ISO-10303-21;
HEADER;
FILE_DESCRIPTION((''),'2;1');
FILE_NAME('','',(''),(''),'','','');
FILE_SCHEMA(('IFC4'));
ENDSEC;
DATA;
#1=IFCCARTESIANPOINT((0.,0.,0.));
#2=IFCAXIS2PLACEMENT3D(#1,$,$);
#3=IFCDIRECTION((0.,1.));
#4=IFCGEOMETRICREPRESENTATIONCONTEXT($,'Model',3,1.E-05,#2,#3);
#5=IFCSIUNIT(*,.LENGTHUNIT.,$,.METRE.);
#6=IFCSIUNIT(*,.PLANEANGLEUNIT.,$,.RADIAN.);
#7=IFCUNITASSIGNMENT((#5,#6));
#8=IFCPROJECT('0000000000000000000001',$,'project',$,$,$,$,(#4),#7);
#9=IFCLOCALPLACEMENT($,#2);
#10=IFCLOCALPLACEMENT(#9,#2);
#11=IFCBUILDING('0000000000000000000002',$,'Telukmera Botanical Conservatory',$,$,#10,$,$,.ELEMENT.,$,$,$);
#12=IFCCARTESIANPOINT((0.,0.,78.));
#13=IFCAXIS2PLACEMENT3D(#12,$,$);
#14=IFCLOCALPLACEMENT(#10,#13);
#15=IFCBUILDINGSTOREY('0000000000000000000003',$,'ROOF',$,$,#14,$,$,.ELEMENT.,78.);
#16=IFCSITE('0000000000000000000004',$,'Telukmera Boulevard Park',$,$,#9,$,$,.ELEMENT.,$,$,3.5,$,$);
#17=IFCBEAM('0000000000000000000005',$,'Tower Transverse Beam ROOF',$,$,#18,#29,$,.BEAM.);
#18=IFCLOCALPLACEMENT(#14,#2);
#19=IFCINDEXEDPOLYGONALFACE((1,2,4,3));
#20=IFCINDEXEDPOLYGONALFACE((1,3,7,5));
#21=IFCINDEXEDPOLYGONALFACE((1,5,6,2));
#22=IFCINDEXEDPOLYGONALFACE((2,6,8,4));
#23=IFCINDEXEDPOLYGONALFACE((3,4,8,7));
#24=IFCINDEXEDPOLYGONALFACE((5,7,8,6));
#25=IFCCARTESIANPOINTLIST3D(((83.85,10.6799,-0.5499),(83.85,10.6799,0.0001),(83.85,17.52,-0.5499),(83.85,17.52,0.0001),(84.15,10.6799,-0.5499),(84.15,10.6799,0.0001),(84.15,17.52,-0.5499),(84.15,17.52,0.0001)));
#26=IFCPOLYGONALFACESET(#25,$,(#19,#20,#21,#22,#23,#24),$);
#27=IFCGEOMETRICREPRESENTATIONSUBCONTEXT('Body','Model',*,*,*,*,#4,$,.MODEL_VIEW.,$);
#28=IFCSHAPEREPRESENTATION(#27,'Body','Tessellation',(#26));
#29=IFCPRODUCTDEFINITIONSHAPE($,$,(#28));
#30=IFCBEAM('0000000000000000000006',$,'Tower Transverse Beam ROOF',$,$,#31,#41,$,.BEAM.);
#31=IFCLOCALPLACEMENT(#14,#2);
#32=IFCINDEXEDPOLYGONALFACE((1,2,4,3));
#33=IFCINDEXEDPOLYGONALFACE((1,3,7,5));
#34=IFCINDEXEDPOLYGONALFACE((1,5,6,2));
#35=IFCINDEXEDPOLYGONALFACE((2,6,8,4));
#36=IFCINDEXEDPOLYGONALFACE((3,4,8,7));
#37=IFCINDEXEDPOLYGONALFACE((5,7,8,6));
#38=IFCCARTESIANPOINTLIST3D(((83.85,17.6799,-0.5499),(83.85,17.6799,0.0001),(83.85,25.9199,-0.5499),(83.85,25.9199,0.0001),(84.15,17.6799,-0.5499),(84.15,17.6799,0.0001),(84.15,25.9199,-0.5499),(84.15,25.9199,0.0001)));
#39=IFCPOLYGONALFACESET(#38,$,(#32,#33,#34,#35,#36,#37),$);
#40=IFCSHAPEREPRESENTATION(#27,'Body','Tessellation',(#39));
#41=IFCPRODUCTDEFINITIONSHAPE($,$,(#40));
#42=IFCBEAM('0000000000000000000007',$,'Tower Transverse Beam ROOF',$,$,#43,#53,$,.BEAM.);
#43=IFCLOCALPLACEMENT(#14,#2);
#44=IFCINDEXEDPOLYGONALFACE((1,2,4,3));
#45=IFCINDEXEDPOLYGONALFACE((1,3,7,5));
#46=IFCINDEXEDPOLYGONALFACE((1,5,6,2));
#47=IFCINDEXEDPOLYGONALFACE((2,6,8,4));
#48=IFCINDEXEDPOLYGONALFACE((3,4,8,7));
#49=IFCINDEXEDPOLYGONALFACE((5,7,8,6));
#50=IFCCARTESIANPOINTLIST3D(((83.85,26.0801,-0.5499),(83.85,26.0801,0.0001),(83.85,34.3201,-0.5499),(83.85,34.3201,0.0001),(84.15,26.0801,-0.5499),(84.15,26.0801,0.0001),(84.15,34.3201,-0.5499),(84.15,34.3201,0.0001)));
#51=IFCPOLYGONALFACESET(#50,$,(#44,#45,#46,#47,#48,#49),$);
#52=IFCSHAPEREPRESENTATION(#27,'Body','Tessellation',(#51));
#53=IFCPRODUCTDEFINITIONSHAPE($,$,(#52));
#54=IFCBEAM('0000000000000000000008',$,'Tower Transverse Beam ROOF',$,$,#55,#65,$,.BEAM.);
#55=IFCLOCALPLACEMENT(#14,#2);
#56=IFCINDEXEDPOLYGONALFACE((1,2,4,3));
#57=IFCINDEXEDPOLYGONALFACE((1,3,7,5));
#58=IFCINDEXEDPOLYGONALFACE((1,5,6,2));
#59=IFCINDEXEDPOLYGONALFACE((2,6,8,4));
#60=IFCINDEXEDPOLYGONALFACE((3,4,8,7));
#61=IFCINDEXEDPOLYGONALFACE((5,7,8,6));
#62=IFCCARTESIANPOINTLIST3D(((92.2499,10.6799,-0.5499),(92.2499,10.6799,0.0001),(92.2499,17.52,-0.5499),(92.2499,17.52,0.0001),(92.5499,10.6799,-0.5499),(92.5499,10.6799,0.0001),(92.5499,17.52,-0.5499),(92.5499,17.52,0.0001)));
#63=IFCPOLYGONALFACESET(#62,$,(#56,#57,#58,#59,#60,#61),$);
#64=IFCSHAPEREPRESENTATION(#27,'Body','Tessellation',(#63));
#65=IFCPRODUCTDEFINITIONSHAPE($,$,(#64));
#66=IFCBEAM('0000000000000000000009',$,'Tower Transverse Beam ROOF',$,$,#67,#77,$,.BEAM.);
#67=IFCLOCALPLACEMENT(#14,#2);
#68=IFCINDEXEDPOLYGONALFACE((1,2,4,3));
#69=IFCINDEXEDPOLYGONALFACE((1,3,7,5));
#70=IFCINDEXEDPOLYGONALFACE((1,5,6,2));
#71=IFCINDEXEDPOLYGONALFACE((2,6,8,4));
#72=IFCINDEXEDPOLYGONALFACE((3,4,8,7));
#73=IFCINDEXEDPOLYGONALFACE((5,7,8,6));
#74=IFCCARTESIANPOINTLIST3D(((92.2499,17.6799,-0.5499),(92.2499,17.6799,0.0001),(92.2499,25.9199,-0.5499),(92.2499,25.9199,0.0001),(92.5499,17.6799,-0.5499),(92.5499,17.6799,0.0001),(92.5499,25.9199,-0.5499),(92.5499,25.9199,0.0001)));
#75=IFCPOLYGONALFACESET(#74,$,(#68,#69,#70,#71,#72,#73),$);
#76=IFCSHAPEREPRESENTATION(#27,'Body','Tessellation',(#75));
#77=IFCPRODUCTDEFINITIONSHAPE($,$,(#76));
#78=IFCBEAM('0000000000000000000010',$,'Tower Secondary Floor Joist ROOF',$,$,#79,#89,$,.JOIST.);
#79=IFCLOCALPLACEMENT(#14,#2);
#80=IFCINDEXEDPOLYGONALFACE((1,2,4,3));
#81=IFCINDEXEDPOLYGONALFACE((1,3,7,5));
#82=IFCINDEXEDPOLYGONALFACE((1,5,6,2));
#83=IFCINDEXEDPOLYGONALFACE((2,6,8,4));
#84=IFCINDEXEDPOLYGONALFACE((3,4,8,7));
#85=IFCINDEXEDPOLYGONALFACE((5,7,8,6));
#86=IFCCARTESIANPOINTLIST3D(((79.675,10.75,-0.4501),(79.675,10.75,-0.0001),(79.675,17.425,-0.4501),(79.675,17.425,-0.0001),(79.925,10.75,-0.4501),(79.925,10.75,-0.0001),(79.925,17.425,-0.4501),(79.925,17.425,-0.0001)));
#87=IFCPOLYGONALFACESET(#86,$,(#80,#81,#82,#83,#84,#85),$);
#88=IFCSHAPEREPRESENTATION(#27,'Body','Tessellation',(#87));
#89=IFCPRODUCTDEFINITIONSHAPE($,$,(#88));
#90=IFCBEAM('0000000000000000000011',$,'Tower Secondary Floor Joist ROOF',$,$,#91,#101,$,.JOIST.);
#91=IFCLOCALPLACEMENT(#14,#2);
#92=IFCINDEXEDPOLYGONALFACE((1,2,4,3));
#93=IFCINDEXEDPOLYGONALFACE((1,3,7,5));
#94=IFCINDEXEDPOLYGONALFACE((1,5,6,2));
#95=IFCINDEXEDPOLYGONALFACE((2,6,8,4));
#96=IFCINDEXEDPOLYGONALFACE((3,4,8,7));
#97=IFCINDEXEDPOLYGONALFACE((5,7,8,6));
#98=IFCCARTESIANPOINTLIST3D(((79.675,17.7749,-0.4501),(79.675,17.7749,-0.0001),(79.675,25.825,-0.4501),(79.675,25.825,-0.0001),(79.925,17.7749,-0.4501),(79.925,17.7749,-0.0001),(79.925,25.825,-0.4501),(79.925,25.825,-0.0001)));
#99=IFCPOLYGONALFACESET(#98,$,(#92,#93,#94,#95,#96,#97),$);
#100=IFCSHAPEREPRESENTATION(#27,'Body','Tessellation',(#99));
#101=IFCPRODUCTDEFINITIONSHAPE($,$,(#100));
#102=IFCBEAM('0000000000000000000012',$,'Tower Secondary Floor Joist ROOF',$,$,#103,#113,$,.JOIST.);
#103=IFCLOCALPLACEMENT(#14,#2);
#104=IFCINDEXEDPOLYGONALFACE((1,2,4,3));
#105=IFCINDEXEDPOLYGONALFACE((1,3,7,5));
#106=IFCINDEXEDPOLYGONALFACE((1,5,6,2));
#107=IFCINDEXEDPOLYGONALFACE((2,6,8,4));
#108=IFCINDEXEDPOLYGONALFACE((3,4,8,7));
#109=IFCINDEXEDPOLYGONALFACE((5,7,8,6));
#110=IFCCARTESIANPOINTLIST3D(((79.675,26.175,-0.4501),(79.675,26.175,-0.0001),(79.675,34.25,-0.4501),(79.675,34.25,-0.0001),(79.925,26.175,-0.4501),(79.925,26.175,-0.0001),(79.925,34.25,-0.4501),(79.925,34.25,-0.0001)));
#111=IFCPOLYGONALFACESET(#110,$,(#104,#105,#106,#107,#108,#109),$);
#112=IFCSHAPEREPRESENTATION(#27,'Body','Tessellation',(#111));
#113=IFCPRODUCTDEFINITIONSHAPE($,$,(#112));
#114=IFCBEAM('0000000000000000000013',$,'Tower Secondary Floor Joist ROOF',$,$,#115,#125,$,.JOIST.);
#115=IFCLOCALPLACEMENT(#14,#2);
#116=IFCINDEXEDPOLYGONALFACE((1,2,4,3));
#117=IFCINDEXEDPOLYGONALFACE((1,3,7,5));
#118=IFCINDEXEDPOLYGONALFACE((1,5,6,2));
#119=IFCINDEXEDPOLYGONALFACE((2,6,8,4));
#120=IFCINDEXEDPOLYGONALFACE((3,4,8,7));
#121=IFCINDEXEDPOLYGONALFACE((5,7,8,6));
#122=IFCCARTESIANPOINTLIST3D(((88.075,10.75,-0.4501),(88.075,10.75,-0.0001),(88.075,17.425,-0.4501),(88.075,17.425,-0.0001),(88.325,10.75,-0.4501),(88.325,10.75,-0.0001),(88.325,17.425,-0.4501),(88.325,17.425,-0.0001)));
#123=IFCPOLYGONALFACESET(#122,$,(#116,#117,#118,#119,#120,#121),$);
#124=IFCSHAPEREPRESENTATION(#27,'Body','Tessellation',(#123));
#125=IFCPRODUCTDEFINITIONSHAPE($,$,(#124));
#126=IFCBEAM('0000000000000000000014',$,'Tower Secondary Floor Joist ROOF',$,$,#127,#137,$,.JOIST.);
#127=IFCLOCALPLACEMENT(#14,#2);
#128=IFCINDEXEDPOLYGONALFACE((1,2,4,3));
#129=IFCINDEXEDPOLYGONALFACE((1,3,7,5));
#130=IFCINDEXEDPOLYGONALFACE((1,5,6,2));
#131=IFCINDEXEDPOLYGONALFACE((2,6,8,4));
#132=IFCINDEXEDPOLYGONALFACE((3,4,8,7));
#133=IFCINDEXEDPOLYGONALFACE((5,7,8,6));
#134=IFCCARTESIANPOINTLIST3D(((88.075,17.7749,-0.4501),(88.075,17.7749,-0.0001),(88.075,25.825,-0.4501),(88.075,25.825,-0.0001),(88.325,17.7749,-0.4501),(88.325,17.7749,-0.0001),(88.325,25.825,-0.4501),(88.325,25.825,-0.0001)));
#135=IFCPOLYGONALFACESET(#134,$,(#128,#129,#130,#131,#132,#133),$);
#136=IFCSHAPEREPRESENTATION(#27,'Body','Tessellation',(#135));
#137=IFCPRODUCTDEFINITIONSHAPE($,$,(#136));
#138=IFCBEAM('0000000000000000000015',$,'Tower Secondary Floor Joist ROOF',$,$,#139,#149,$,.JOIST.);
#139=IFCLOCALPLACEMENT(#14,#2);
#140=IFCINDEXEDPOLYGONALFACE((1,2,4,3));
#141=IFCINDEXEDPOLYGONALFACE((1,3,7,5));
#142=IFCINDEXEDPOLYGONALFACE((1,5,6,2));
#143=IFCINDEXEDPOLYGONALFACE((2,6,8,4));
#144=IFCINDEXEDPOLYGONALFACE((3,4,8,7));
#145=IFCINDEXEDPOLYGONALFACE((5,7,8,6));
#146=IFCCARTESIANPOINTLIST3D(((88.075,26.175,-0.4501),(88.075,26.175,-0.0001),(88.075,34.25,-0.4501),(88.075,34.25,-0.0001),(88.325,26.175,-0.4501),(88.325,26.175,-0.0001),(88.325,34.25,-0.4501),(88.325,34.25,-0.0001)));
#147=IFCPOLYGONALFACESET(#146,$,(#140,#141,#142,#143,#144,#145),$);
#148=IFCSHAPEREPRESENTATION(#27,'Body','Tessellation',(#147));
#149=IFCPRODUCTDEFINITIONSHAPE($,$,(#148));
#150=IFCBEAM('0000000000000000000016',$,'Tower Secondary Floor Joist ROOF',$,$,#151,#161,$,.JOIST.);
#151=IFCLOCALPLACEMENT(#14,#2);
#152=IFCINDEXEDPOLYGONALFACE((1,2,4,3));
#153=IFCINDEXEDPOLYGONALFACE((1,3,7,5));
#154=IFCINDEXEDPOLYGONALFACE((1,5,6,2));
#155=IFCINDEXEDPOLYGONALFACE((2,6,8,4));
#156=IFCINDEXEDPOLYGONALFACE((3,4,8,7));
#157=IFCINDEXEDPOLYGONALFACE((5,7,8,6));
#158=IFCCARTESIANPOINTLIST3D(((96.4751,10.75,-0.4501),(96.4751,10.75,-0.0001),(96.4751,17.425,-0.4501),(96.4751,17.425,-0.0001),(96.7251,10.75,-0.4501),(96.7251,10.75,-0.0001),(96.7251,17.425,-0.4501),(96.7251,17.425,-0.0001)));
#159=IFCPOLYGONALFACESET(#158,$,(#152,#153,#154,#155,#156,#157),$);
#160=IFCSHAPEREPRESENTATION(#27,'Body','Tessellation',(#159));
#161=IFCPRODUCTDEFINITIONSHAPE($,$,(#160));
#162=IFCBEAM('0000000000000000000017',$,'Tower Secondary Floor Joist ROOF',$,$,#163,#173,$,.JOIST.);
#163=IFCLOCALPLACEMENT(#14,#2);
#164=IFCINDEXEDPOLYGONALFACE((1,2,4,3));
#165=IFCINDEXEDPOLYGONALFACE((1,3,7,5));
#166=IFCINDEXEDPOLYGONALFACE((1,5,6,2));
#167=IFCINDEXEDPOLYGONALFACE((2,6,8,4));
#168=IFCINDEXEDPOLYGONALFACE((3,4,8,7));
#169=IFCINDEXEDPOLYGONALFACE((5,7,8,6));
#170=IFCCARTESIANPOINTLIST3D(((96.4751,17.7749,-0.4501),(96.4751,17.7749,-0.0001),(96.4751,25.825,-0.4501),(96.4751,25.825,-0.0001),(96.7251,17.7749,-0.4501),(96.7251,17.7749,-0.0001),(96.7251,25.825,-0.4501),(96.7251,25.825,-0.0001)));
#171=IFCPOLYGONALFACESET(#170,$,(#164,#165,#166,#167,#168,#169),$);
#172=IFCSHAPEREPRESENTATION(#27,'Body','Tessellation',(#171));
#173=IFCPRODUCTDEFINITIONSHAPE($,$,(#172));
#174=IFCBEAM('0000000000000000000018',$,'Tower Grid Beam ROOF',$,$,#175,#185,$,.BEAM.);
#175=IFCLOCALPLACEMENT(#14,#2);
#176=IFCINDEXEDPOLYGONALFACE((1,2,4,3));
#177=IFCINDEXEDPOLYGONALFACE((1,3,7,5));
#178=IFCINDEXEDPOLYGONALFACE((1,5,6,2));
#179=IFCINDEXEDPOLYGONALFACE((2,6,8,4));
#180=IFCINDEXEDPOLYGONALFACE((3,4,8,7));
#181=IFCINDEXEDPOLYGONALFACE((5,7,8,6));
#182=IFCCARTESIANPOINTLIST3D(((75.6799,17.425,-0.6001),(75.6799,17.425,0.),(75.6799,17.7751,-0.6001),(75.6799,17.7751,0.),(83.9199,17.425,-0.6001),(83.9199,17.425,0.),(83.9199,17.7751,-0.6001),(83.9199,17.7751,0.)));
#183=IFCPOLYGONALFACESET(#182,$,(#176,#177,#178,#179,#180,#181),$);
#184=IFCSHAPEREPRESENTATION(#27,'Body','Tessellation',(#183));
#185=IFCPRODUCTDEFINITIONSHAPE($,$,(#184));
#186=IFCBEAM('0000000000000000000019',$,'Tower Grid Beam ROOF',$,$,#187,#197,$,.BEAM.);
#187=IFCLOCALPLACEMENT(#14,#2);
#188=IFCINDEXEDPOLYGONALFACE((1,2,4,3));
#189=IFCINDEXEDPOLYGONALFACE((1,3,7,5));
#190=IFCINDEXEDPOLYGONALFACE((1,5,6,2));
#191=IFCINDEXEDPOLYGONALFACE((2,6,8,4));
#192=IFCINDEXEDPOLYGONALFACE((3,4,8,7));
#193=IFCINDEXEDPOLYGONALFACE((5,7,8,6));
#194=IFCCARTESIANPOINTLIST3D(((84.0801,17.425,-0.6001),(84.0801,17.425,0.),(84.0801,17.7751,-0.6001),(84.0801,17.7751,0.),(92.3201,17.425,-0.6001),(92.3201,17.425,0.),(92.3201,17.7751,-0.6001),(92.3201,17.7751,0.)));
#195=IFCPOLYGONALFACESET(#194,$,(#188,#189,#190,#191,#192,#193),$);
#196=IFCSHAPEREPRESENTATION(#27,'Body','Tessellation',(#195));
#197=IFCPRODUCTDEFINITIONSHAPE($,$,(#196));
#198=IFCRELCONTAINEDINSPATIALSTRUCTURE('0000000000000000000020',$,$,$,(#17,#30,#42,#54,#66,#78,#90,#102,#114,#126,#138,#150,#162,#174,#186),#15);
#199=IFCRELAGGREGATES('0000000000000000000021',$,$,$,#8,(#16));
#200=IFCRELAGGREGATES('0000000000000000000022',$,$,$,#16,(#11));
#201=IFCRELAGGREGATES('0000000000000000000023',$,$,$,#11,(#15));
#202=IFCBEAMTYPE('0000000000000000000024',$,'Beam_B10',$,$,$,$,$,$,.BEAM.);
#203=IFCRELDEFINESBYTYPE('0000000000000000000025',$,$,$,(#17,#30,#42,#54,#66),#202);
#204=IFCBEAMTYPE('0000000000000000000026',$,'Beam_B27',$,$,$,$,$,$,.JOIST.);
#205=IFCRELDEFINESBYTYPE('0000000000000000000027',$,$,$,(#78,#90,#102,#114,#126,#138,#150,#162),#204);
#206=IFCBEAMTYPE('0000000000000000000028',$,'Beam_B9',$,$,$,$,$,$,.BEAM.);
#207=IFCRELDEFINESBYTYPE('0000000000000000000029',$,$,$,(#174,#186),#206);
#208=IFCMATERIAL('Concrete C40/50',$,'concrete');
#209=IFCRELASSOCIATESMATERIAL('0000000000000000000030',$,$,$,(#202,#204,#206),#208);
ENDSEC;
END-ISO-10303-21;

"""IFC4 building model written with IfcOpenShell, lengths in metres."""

from ifc_helpers import new_model, si_unit, direction, frame, origin, origin_2d, place, context, subcontext, project, spatial, rectangle, extrude, material, material_profile, profile_set, type_object, element, save


model = new_model("IFC4")

# Units and contexts
model_context = context("Model", 3, precision=1e-05, world=origin(), true_north=direction((0.0, 1.0)))
body_context = subcontext(model_context, "Body", "Model", "MODEL_VIEW")
ifc_project = project(units=[si_unit("LENGTHUNIT", "METRE"), si_unit("PLANEANGLEUNIT", "RADIAN")], contexts=[model_context])

# Site, building, storey
site_placement = place(None, origin())
site = spatial("IfcSite", under=ifc_project, at=site_placement, Name="Telukmera Boulevard Park", CompositionType="ELEMENT", RefElevation=3.5)
building_placement = place(site_placement, origin())
building = spatial("IfcBuilding", under=site, at=building_placement, Name="Telukmera Botanical Conservatory", CompositionType="ELEMENT")
storey_placement = place(building_placement, frame((0.0, 0.0, 78.0)))
storey = spatial("IfcBuildingStorey", under=building, at=storey_placement, Name="ROOF", CompositionType="ELEMENT", Elevation=78.0)

# Beams
ifc_material_1 = material(Name="Concrete C40/50", Category="concrete")
ifc_material_profile_1 = material_profile(ifc_material_1, rectangle(XDim=0.3, YDim=0.55, at=origin_2d()), Name="RC 300x550")
ifc_profile_set_1 = profile_set([ifc_material_profile_1], Name="Concrete C40/50")
beam_type_1 = type_object("IfcBeamType", Name="Beam_B10", PredefinedType="BEAM", material=ifc_profile_set_1)
beam_1_placement = place(storey_placement, frame((84.0, 10.6799, -0.2749), z_axis=(0.0, 1.0, 0.0), x_axis=(-1.0, 0.0, 0.0)))
element("IfcBeam", 1, at=beam_1_placement, inside=storey, type_object=beam_type_1, Name="Tower Transverse Beam ROOF", PredefinedType="BEAM", context=body_context, shape_type="SweptSolid", body=[
    extrude(rectangle(XDim=0.3, YDim=0.55, at=origin_2d()), origin(), (0.0, 0.0, 1.0), 6.8401),
])
for number, where, z_axis, x_axis, name in (
    (2, (84.0, 17.6799, -0.2749), (0.0, 1.0, 0.0), (-1.0, 0.0, 0.0), "Tower Transverse Beam ROOF"),
    (3, (84.0, 26.0801, -0.2749), (0.0, 1.0, 0.0), (-1.0, 0.0, 0.0), "Tower Transverse Beam ROOF"),
):
    element("IfcBeam", number, at=place(storey_placement, frame(where, z_axis=z_axis, x_axis=x_axis)), inside=storey, type_object=beam_type_1, Name=name, PredefinedType="BEAM", context=body_context, shape_type="SweptSolid", body=[
        extrude(rectangle(XDim=0.3, YDim=0.55, at=origin_2d()), origin(), (0.0, 0.0, 1.0), 8.24),
    ])
beam_2_placement = place(storey_placement, frame((92.3999, 10.6799, -0.2749), z_axis=(0.0, 1.0, 0.0), x_axis=(-1.0, 0.0, 0.0)))
element("IfcBeam", 4, at=beam_2_placement, inside=storey, type_object=beam_type_1, Name="Tower Transverse Beam ROOF", PredefinedType="BEAM", context=body_context, shape_type="SweptSolid", body=[
    extrude(rectangle(XDim=0.3, YDim=0.55, at=origin_2d()), origin(), (0.0, 0.0, 1.0), 6.8401),
])
beam_3_placement = place(storey_placement, frame((92.3999, 17.6799, -0.2749), z_axis=(0.0, 1.0, 0.0), x_axis=(-1.0, 0.0, 0.0)))
element("IfcBeam", 5, at=beam_3_placement, inside=storey, type_object=beam_type_1, Name="Tower Transverse Beam ROOF", PredefinedType="BEAM", context=body_context, shape_type="SweptSolid", body=[
    extrude(rectangle(XDim=0.3, YDim=0.55, at=origin_2d()), origin(), (0.0, 0.0, 1.0), 8.24),
])
ifc_material_profile_2 = material_profile(ifc_material_1, rectangle(XDim=0.25, YDim=0.45, at=origin_2d()), Name="RC 250x450")
ifc_profile_set_2 = profile_set([ifc_material_profile_2], Name="Concrete C40/50")
beam_type_2 = type_object("IfcBeamType", Name="Beam_B27", PredefinedType="JOIST", material=ifc_profile_set_2)
beam_4_placement = place(storey_placement, frame((79.8, 10.75, -0.2251), z_axis=(0.0, 1.0, 0.0), x_axis=(-1.0, 0.0, 0.0)))
element("IfcBeam", 6, at=beam_4_placement, inside=storey, type_object=beam_type_2, Name="Tower Secondary Floor Joist ROOF", PredefinedType="JOIST", context=body_context, shape_type="SweptSolid", body=[
    extrude(rectangle(XDim=0.25, YDim=0.45, at=origin_2d()), origin(), (0.0, 0.0, 1.0), 6.675),
])
beam_5_placement = place(storey_placement, frame((79.8, 17.7749, -0.2251), z_axis=(0.0, 1.0, 0.0), x_axis=(-1.0, 0.0, 0.0)))
element("IfcBeam", 7, at=beam_5_placement, inside=storey, type_object=beam_type_2, Name="Tower Secondary Floor Joist ROOF", PredefinedType="JOIST", context=body_context, shape_type="SweptSolid", body=[
    extrude(rectangle(XDim=0.25, YDim=0.45, at=origin_2d()), origin(), (0.0, 0.0, 1.0), 8.05),
])
beam_6_placement = place(storey_placement, frame((79.8, 26.175, -0.2251), z_axis=(0.0, 1.0, 0.0), x_axis=(-1.0, 0.0, 0.0)))
element("IfcBeam", 8, at=beam_6_placement, inside=storey, type_object=beam_type_2, Name="Tower Secondary Floor Joist ROOF", PredefinedType="JOIST", context=body_context, shape_type="SweptSolid", body=[
    extrude(rectangle(XDim=0.25, YDim=0.45, at=origin_2d()), origin(), (0.0, 0.0, 1.0), 8.075),
])
beam_7_placement = place(storey_placement, frame((88.2, 10.75, -0.2251), z_axis=(0.0, 1.0, 0.0), x_axis=(-1.0, 0.0, 0.0)))
element("IfcBeam", 9, at=beam_7_placement, inside=storey, type_object=beam_type_2, Name="Tower Secondary Floor Joist ROOF", PredefinedType="JOIST", context=body_context, shape_type="SweptSolid", body=[
    extrude(rectangle(XDim=0.25, YDim=0.45, at=origin_2d()), origin(), (0.0, 0.0, 1.0), 6.675),
])
beam_8_placement = place(storey_placement, frame((88.2, 17.7749, -0.2251), z_axis=(0.0, 1.0, 0.0), x_axis=(-1.0, 0.0, 0.0)))
element("IfcBeam", 10, at=beam_8_placement, inside=storey, type_object=beam_type_2, Name="Tower Secondary Floor Joist ROOF", PredefinedType="JOIST", context=body_context, shape_type="SweptSolid", body=[
    extrude(rectangle(XDim=0.25, YDim=0.45, at=origin_2d()), origin(), (0.0, 0.0, 1.0), 8.05),
])
beam_9_placement = place(storey_placement, frame((88.2, 26.175, -0.2251), z_axis=(0.0, 1.0, 0.0), x_axis=(-1.0, 0.0, 0.0)))
element("IfcBeam", 11, at=beam_9_placement, inside=storey, type_object=beam_type_2, Name="Tower Secondary Floor Joist ROOF", PredefinedType="JOIST", context=body_context, shape_type="SweptSolid", body=[
    extrude(rectangle(XDim=0.25, YDim=0.45, at=origin_2d()), origin(), (0.0, 0.0, 1.0), 8.075),
])
beam_10_placement = place(storey_placement, frame((96.6001, 10.75, -0.2251), z_axis=(0.0, 1.0, 0.0), x_axis=(-1.0, 0.0, 0.0)))
element("IfcBeam", 12, at=beam_10_placement, inside=storey, type_object=beam_type_2, Name="Tower Secondary Floor Joist ROOF", PredefinedType="JOIST", context=body_context, shape_type="SweptSolid", body=[
    extrude(rectangle(XDim=0.25, YDim=0.45, at=origin_2d()), origin(), (0.0, 0.0, 1.0), 6.675),
])
beam_11_placement = place(storey_placement, frame((96.6001, 17.7749, -0.2251), z_axis=(0.0, 1.0, 0.0), x_axis=(-1.0, 0.0, 0.0)))
element("IfcBeam", 13, at=beam_11_placement, inside=storey, type_object=beam_type_2, Name="Tower Secondary Floor Joist ROOF", PredefinedType="JOIST", context=body_context, shape_type="SweptSolid", body=[
    extrude(rectangle(XDim=0.25, YDim=0.45, at=origin_2d()), origin(), (0.0, 0.0, 1.0), 8.05),
])
ifc_material_profile_3 = material_profile(ifc_material_1, rectangle(XDim=0.3501, YDim=0.6001, at=origin_2d()), Name="RC 350x600")
ifc_profile_set_3 = profile_set([ifc_material_profile_3], Name="Concrete C40/50")
beam_type_3 = type_object("IfcBeamType", Name="Beam_B9", PredefinedType="BEAM", material=ifc_profile_set_3)
for number, where, z_axis, x_axis, name in (
    (14, (75.6799, 17.6001, -0.3), (1.0, 0.0, 0.0), (0.0, 1.0, 0.0), "Tower Grid Beam ROOF"),
    (15, (84.0801, 17.6001, -0.3), (1.0, 0.0, 0.0), (0.0, 1.0, 0.0), "Tower Grid Beam ROOF"),
):
    element("IfcBeam", number, at=place(storey_placement, frame(where, z_axis=z_axis, x_axis=x_axis)), inside=storey, type_object=beam_type_3, Name=name, PredefinedType="BEAM", context=body_context, shape_type="SweptSolid", body=[
        extrude(rectangle(XDim=0.3501, YDim=0.6001, at=origin_2d()), origin(), (0.0, 0.0, 1.0), 8.24),
    ])

save(model, "model.ifc")
